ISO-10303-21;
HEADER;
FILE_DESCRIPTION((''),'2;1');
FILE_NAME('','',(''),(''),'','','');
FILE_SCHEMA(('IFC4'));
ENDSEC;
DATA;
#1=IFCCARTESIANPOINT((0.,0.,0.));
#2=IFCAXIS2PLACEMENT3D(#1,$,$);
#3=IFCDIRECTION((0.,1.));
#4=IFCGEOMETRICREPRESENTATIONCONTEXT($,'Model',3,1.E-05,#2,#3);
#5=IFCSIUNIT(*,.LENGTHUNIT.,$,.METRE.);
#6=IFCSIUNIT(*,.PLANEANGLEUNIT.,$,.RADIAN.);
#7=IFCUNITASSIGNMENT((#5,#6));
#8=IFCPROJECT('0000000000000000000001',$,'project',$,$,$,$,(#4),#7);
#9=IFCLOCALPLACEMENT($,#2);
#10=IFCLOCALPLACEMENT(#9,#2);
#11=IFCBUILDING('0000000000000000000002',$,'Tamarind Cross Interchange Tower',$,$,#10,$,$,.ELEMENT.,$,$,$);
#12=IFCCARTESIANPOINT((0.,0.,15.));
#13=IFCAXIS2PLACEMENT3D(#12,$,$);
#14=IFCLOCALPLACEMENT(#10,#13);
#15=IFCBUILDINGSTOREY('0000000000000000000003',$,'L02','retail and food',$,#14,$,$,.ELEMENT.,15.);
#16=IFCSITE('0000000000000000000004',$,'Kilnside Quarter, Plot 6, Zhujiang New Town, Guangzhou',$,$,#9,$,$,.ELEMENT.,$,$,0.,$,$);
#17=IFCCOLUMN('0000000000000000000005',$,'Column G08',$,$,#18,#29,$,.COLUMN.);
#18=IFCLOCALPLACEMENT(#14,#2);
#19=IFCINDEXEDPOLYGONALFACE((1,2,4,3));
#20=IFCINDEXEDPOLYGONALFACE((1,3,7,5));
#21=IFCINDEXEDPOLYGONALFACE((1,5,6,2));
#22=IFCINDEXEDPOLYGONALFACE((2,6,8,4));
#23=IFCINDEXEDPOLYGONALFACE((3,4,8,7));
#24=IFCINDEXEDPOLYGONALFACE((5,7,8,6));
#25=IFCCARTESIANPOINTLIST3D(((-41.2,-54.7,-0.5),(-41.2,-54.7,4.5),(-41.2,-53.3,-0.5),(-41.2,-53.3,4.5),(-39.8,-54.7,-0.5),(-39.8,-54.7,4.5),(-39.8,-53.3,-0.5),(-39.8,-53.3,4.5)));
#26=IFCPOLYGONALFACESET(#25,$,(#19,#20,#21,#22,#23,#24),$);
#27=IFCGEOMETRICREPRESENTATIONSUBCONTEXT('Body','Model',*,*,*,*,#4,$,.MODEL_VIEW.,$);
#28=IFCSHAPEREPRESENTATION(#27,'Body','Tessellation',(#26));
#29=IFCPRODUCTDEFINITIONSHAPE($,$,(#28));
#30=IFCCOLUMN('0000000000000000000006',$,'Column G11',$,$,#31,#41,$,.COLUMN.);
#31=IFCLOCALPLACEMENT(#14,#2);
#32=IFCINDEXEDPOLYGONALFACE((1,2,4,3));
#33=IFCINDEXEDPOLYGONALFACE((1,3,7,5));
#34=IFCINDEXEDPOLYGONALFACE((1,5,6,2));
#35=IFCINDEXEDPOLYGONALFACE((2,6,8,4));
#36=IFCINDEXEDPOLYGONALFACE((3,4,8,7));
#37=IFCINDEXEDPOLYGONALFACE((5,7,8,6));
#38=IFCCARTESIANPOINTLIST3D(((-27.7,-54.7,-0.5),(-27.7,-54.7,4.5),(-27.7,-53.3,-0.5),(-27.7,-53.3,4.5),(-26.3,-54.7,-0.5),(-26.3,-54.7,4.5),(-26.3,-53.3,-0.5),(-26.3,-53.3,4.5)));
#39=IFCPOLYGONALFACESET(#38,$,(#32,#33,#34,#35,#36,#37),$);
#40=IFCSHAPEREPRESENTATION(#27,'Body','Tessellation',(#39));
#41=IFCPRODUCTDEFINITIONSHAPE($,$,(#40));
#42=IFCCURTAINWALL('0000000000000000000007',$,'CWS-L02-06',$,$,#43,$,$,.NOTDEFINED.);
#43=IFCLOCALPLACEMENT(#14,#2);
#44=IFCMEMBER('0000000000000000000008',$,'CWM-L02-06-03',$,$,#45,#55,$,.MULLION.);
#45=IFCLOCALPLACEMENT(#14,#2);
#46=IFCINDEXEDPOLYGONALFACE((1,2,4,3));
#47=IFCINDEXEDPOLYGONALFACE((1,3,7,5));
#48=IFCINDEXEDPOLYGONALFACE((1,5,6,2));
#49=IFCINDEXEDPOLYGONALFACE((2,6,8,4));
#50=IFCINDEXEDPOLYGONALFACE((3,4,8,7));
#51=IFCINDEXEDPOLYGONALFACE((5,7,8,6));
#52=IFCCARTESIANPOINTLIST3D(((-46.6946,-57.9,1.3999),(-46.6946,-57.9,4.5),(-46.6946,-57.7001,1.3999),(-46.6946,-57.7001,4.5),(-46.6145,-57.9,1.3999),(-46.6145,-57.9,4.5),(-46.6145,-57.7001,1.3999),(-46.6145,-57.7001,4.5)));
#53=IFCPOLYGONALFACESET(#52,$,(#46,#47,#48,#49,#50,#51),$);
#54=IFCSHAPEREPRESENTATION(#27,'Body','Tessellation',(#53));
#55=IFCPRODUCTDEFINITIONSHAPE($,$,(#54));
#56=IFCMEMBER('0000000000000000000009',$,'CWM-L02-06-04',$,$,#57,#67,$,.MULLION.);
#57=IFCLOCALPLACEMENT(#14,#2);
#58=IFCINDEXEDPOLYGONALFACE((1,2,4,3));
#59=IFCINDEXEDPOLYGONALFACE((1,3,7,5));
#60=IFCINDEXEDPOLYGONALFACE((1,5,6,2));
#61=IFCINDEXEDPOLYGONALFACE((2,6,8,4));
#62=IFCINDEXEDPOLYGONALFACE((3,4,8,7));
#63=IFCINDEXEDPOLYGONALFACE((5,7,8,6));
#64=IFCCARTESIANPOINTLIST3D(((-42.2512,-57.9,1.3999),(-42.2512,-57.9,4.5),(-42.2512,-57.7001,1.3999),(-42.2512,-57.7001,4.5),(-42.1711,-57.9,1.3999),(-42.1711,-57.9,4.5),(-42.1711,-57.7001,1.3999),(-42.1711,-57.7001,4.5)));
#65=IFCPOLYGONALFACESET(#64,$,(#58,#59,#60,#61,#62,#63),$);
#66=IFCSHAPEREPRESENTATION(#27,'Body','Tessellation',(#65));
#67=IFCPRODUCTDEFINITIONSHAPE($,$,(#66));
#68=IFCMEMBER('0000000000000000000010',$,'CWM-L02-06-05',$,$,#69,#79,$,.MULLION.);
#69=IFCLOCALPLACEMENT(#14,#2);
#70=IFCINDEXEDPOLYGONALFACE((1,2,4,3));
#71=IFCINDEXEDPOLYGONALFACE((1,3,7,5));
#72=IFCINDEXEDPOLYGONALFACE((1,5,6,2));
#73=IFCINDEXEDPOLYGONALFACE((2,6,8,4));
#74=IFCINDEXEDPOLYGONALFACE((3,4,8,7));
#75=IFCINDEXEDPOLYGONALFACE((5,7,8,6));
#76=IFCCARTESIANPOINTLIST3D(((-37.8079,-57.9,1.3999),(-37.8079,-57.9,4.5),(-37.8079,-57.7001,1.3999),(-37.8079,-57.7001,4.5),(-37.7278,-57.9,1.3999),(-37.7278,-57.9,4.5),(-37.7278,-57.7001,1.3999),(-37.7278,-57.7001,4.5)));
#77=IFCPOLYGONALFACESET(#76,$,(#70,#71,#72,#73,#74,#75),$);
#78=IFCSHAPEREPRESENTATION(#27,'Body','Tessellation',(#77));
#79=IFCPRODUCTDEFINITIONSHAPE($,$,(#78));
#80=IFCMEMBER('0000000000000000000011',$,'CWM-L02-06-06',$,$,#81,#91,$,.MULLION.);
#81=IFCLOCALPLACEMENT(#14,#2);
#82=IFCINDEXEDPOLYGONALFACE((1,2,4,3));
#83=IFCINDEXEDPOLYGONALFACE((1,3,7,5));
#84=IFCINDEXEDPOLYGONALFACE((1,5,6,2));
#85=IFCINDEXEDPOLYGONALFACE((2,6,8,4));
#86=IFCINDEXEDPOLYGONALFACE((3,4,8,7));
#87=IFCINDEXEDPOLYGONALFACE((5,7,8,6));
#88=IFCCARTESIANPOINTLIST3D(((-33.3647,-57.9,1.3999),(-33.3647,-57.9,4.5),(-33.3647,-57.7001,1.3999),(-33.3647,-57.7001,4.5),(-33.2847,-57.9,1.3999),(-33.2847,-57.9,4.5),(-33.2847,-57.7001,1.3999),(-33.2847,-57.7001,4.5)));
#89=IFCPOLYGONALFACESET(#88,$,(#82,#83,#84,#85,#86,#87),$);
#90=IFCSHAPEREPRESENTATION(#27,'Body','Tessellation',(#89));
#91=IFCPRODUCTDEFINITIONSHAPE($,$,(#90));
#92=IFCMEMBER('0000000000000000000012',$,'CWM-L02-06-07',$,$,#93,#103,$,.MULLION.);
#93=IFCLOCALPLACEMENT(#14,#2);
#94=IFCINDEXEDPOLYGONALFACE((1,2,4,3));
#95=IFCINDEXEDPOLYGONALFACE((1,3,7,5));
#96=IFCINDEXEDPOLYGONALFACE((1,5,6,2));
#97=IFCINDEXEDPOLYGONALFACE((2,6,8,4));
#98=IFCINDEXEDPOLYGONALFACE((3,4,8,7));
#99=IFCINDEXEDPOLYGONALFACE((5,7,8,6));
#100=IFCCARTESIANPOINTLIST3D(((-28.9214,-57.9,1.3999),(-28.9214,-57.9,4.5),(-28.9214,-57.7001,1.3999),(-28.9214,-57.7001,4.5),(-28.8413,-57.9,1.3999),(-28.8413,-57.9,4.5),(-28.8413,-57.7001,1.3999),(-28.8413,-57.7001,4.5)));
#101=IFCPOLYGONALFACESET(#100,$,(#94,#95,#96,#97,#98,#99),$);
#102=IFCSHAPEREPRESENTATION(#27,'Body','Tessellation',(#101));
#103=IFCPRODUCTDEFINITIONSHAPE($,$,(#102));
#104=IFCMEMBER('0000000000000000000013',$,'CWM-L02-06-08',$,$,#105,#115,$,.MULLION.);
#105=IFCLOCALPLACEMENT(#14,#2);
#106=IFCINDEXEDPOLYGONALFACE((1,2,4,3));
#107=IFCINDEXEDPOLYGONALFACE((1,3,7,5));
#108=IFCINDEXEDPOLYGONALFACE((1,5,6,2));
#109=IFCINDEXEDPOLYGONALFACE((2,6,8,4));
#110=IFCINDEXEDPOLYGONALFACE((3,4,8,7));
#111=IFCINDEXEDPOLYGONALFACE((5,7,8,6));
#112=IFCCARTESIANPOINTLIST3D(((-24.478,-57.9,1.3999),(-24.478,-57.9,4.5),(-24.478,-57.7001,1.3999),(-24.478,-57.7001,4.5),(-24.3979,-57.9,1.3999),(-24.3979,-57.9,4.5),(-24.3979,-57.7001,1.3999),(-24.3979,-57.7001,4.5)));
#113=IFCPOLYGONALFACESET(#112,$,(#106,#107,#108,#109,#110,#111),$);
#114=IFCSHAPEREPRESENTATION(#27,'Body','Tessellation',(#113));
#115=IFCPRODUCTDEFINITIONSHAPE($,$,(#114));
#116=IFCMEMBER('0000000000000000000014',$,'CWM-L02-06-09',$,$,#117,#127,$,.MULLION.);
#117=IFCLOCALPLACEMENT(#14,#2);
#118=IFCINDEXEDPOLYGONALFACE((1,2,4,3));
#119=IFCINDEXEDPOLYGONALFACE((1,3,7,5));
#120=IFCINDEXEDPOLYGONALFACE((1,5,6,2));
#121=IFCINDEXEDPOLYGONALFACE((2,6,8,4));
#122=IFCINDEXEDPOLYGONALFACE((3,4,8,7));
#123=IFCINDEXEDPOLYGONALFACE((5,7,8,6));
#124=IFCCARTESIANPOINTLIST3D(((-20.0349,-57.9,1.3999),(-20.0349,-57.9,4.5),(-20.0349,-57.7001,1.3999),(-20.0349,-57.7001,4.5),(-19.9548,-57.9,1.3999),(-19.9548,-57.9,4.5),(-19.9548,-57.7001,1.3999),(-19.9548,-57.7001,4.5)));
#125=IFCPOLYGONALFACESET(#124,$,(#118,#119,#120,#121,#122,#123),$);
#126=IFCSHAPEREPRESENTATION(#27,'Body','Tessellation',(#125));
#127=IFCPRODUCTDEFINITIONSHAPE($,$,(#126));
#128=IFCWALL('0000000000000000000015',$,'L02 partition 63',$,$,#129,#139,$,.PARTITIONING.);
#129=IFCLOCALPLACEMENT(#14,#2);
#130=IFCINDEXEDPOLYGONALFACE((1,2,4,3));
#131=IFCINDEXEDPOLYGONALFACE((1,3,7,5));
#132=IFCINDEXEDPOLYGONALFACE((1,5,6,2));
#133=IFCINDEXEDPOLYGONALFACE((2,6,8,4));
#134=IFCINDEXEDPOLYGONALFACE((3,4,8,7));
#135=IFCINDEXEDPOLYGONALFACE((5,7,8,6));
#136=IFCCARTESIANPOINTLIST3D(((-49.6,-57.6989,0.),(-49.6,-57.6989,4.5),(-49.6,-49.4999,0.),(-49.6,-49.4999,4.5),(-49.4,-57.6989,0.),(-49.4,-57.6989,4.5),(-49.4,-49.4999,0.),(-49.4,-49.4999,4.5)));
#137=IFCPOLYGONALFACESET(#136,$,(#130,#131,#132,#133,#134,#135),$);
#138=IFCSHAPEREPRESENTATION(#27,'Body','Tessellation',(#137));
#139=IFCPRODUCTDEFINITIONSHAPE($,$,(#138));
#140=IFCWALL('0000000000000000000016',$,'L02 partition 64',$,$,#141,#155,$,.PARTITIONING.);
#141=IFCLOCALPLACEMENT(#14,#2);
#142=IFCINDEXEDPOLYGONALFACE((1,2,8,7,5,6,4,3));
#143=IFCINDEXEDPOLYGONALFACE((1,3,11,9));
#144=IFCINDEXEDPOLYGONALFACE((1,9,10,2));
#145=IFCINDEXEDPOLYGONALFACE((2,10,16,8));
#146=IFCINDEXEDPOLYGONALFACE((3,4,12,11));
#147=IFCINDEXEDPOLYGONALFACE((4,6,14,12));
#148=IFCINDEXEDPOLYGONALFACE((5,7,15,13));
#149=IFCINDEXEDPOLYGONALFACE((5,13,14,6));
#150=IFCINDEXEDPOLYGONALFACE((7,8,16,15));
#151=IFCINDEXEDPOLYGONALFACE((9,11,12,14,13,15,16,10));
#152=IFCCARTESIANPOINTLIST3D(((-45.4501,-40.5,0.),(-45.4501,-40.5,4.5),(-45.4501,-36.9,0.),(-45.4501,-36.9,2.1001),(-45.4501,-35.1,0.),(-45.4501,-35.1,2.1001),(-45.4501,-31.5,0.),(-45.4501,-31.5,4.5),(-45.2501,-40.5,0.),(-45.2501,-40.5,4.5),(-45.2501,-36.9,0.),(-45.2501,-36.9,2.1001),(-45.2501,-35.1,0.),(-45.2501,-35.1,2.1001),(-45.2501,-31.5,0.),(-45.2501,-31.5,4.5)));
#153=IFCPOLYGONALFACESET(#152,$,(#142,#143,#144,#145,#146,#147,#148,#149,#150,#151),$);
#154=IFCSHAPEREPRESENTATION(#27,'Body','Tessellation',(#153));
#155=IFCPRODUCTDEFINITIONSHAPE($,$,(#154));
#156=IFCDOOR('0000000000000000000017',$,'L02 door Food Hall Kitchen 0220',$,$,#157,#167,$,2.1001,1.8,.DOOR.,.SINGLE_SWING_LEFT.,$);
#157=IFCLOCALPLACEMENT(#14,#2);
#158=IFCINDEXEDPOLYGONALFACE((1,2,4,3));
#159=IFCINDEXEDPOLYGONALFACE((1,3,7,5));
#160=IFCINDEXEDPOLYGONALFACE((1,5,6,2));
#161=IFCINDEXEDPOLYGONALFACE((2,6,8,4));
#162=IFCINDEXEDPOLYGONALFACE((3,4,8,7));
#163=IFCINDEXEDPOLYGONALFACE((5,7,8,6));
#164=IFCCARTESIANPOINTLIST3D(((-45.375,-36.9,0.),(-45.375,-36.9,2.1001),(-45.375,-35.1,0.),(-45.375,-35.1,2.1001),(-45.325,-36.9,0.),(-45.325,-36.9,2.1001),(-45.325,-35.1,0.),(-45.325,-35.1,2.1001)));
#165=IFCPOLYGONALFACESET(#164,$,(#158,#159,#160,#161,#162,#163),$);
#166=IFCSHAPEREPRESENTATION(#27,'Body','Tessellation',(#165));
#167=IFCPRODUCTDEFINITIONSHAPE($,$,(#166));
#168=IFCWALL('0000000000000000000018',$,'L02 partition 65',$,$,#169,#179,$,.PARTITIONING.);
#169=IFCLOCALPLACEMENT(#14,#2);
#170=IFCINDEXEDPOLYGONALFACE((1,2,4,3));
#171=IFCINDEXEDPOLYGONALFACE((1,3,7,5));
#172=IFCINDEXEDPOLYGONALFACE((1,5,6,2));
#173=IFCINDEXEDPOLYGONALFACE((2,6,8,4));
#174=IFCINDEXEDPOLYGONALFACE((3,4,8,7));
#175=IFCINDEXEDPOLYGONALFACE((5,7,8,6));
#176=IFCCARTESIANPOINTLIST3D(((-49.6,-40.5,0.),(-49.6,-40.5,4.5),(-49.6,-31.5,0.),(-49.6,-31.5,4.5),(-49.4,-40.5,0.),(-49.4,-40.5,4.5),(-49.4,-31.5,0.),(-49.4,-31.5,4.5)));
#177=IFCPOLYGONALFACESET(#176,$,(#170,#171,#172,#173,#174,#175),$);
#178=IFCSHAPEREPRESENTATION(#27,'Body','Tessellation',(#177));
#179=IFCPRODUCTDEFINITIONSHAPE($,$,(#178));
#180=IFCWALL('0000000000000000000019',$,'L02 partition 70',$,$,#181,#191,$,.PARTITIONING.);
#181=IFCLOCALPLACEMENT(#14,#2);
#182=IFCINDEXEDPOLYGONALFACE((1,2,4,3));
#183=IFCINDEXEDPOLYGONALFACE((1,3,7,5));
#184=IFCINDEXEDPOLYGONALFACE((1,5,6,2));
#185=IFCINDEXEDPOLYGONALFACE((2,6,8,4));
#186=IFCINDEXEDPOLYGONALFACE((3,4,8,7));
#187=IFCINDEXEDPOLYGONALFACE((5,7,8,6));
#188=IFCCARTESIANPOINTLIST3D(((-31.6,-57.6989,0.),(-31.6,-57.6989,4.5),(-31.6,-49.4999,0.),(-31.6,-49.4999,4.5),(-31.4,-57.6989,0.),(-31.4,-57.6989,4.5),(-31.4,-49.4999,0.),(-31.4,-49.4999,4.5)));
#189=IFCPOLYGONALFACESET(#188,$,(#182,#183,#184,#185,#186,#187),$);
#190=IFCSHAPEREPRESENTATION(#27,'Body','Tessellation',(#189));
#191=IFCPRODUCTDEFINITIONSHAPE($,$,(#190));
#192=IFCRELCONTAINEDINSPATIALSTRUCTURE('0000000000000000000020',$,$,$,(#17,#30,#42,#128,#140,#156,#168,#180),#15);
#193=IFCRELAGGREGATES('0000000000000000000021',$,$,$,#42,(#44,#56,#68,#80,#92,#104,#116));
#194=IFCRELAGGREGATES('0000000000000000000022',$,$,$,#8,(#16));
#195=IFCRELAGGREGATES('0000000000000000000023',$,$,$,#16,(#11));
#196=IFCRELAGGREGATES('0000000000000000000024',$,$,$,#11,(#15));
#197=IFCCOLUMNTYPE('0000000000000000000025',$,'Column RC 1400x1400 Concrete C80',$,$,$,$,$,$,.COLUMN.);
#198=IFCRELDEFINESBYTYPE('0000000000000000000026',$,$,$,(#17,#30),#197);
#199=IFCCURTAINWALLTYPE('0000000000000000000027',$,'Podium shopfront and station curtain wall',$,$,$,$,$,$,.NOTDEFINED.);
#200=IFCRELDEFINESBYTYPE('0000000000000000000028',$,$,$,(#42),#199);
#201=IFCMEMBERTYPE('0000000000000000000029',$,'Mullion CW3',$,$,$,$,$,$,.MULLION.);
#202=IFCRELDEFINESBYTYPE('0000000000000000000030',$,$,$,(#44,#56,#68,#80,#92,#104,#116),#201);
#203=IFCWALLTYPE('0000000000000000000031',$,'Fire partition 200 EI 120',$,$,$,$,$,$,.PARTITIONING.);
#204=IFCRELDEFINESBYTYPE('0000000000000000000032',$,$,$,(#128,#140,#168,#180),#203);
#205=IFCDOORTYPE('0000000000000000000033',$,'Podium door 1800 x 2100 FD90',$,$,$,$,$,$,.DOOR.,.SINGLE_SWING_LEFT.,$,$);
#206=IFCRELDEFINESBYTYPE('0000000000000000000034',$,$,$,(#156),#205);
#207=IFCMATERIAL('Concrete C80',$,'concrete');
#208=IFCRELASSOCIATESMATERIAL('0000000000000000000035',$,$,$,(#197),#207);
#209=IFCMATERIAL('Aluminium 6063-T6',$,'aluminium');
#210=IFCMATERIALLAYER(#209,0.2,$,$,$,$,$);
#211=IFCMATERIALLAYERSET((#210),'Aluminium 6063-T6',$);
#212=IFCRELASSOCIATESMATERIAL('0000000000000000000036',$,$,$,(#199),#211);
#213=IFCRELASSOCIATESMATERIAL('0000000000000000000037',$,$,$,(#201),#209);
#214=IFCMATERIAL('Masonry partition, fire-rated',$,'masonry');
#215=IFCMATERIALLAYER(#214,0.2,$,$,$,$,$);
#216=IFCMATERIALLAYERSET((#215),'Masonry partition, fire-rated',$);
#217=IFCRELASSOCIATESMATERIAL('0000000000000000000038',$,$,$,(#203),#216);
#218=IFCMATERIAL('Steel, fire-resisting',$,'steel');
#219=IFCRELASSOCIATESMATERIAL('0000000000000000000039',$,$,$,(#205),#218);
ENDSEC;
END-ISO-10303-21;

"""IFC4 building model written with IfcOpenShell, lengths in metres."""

from ifc_helpers import new_model, si_unit, direction, frame, frame_2d, origin, origin_2d, place, context, subcontext, project, spatial, rectangle, extrude, material, layer, layer_set, material_profile, profile_set, type_object, element, fill, aggregate, save


model = new_model("IFC4")

# Units and contexts
model_context = context("Model", 3, precision=1e-05, world=origin(), true_north=direction((0.0, 1.0)))
body_context = subcontext(model_context, "Body", "Model", "MODEL_VIEW")
ifc_project = project(units=[si_unit("LENGTHUNIT", "METRE"), si_unit("PLANEANGLEUNIT", "RADIAN")], contexts=[model_context])

# Site, building, storey
site_placement = place(None, origin())
site = spatial("IfcSite", under=ifc_project, at=site_placement, Name="Kilnside Quarter, Plot 6, Zhujiang New Town, Guangzhou", CompositionType="ELEMENT", RefElevation=0.0)
building_placement = place(site_placement, origin())
building = spatial("IfcBuilding", under=site, at=building_placement, Name="Tamarind Cross Interchange Tower", CompositionType="ELEMENT")
storey_placement = place(building_placement, frame((0.0, 0.0, 15.0)))
storey = spatial("IfcBuildingStorey", under=building, at=storey_placement, Name="L02", Description="retail and food", CompositionType="ELEMENT", Elevation=15.0)

# Columns
ifc_material_1 = material(Name="Concrete C80", Category="concrete")
ifc_material_profile_1 = material_profile(ifc_material_1, rectangle(XDim=1.3999, YDim=1.3999, at=origin_2d()), Name="RC 1400x1400")
ifc_profile_set_1 = profile_set([ifc_material_profile_1], Name="Concrete C80")
column_type = type_object("IfcColumnType", Name="Column RC 1400x1400 Concrete C80", PredefinedType="COLUMN", material=ifc_profile_set_1)
for number, where, z_axis, x_axis, name in (
    (1, (-40.5, -54.0, -0.5), (0.0, 0.0, 1.0), (1.0, 0.0, 0.0), "Column G08"),
    (2, (-27.0, -54.0, -0.5), (0.0, 0.0, 1.0), (1.0, 0.0, 0.0), "Column G11"),
):
    element("IfcColumn", number, at=place(storey_placement, frame(where, z_axis=z_axis, x_axis=x_axis)), inside=storey, type_object=column_type, Name=name, PredefinedType="COLUMN", context=body_context, shape_type="SweptSolid", body=[
        extrude(rectangle(XDim=1.3999, YDim=1.3999, at=origin_2d()), origin(), (0.0, 0.0, 1.0), 5.0),
    ])

# Curtain wall, members
ifc_material_2 = material(Name="Aluminium 6063-T6", Category="aluminium")
ifc_layer_1 = layer(ifc_material_2, 0.2)
ifc_layer_set_1 = layer_set([ifc_layer_1], Name="Aluminium 6063-T6")
curtain_wall_type = type_object("IfcCurtainWallType", Name="Podium shopfront and station curtain wall", PredefinedType="NOTDEFINED", material=ifc_layer_set_1)
curtain_wall_placement = place(storey_placement, origin())
curtain_wall = element("IfcCurtainWall", 3, at=curtain_wall_placement, inside=storey, type_object=curtain_wall_type, Name="CWS-L02-06", PredefinedType="NOTDEFINED")
ifc_material_profile_2 = material_profile(ifc_material_2, rectangle(XDim=0.0801, YDim=0.2, at=origin_2d()), Name="Mullion CW3")
ifc_profile_set_2 = profile_set([ifc_material_profile_2], Name="Aluminium 6063-T6")
member_type = type_object("IfcMemberType", Name="Mullion CW3", PredefinedType="MULLION", material=ifc_profile_set_2)
member_1_placement = place(storey_placement, frame((-46.6545, -57.8, 1.3999), z_axis=(0.0, 0.0, 1.0), x_axis=(1.0, 0.0, 0.0)))
member_1 = element("IfcMember", 4, at=member_1_placement, type_object=member_type, Name="CWM-L02-06-03", PredefinedType="MULLION", context=body_context, shape_type="SweptSolid", body=[
    extrude(rectangle(XDim=0.0801, YDim=0.2, at=origin_2d()), origin(), (0.0, 0.0, 1.0), 3.1001),
])
member_2_placement = place(storey_placement, frame((-42.2112, -57.8, 1.3999), z_axis=(0.0, 0.0, 1.0), x_axis=(1.0, 0.0, 0.0)))
member_2 = element("IfcMember", 5, at=member_2_placement, type_object=member_type, Name="CWM-L02-06-04", PredefinedType="MULLION", context=body_context, shape_type="SweptSolid", body=[
    extrude(rectangle(XDim=0.0801, YDim=0.2, at=origin_2d()), origin(), (0.0, 0.0, 1.0), 3.1001),
])
member_3_placement = place(storey_placement, frame((-37.7678, -57.8, 1.3999), z_axis=(0.0, 0.0, 1.0), x_axis=(1.0, 0.0, 0.0)))
member_3 = element("IfcMember", 6, at=member_3_placement, type_object=member_type, Name="CWM-L02-06-05", PredefinedType="MULLION", context=body_context, shape_type="SweptSolid", body=[
    extrude(rectangle(XDim=0.0801, YDim=0.2, at=origin_2d()), origin(), (0.0, 0.0, 1.0), 3.1001),
])
member_4_placement = place(storey_placement, frame((-33.3247, -57.8, 1.3999), z_axis=(0.0, 0.0, 1.0), x_axis=(1.0, 0.0, 0.0)))
member_4 = element("IfcMember", 7, at=member_4_placement, type_object=member_type, Name="CWM-L02-06-06", PredefinedType="MULLION", context=body_context, shape_type="SweptSolid", body=[
    extrude(rectangle(XDim=0.0801, YDim=0.2, at=origin_2d()), origin(), (0.0, 0.0, 1.0), 3.1001),
])
member_5_placement = place(storey_placement, frame((-28.8813, -57.8, 1.3999), z_axis=(0.0, 0.0, 1.0), x_axis=(1.0, 0.0, 0.0)))
member_5 = element("IfcMember", 8, at=member_5_placement, type_object=member_type, Name="CWM-L02-06-07", PredefinedType="MULLION", context=body_context, shape_type="SweptSolid", body=[
    extrude(rectangle(XDim=0.0801, YDim=0.2, at=origin_2d()), origin(), (0.0, 0.0, 1.0), 3.1001),
])
member_6_placement = place(storey_placement, frame((-24.438, -57.8, 1.3999), z_axis=(0.0, 0.0, 1.0), x_axis=(1.0, 0.0, 0.0)))
member_6 = element("IfcMember", 9, at=member_6_placement, type_object=member_type, Name="CWM-L02-06-08", PredefinedType="MULLION", context=body_context, shape_type="SweptSolid", body=[
    extrude(rectangle(XDim=0.0801, YDim=0.2, at=origin_2d()), origin(), (0.0, 0.0, 1.0), 3.1001),
])
member_7_placement = place(storey_placement, frame((-19.9949, -57.8, 1.3999), z_axis=(0.0, 0.0, 1.0), x_axis=(1.0, 0.0, 0.0)))
member_7 = element("IfcMember", 10, at=member_7_placement, type_object=member_type, Name="CWM-L02-06-09", PredefinedType="MULLION", context=body_context, shape_type="SweptSolid", body=[
    extrude(rectangle(XDim=0.0801, YDim=0.2, at=origin_2d()), origin(), (0.0, 0.0, 1.0), 3.1001),
])
aggregate(curtain_wall, [member_1, member_2, member_3, member_4, member_5, member_6, member_7])

# Wall
ifc_material_3 = material(Name="Masonry partition, fire-rated", Category="masonry")
ifc_layer_2 = layer(ifc_material_3, 0.2)
ifc_layer_set_2 = layer_set([ifc_layer_2], Name="Masonry partition, fire-rated")
wall_type_1 = type_object("IfcWallType", Name="Fire partition 200 EI 120", PredefinedType="PARTITIONING", material=ifc_layer_set_2)
wall_1_placement = place(storey_placement, frame((-49.5, -57.699, 0.0), z_axis=(0.0, 0.0, 1.0), x_axis=(0.0, 1.0, 0.0)))
element("IfcWall", 11, at=wall_1_placement, inside=storey, type_object=wall_type_1, Name="L02 partition 63", PredefinedType="PARTITIONING", context=body_context, shape_type="SweptSolid", body=[
    extrude(rectangle(XDim=8.199, YDim=0.2, at=frame_2d((4.0996, 0.0))), origin(), (0.0, 0.0, 1.0), 4.5),
])

# Wall, opening, door
wall_2_placement = place(storey_placement, frame((-45.3501, -40.5, 0.0), z_axis=(0.0, 0.0, 1.0), x_axis=(0.0, 1.0, 0.0)))
wall_2 = element("IfcWall", 12, at=wall_2_placement, inside=storey, type_object=wall_type_1, Name="L02 partition 64", PredefinedType="PARTITIONING", context=body_context, shape_type="SweptSolid", body=[
    extrude(rectangle(XDim=9.0, YDim=0.2, at=frame_2d((4.5, 0.0))), origin(), (0.0, 0.0, 1.0), 4.5),
])
opening_1_placement = place(wall_2_placement, frame((3.6001, 0.0, 0.0)))
opening_1 = element("IfcOpeningElement", 13, at=opening_1_placement, cuts=wall_2, PredefinedType="OPENING", context=body_context, shape_type="SweptSolid", body=[
    extrude(rectangle(XDim=1.8, YDim=2.1001, at=frame_2d((0.8999, 1.05))), frame((0.0, 0.1099, 0.0), z_axis=(0.0, -1.0, 0.0), x_axis=(1.0, 0.0, 0.0)), (0.0, 0.0, 1.0), 0.22),
])
ifc_material_4 = material(Name="Steel, fire-resisting", Category="steel")
door_type_1 = type_object("IfcDoorType", Name="Podium door 1800 x 2100 FD90", OperationType="SINGLE_SWING_LEFT", PredefinedType="DOOR", material=ifc_material_4)
door_1_placement = place(opening_1_placement, origin())
door_1 = element("IfcDoor", 14, at=door_1_placement, inside=storey, type_object=door_type_1, Name="L02 door Food Hall Kitchen 0220", OperationType="SINGLE_SWING_LEFT", OverallHeight=2.1001, OverallWidth=1.8, PredefinedType="DOOR", context=body_context, shape_type="SweptSolid", body=[
    extrude(rectangle(XDim=1.8, YDim=2.1001, at=frame_2d((0.8999, 1.05))), frame((0.0, 0.0249, 0.0), z_axis=(0.0, -1.0, 0.0), x_axis=(1.0, 0.0, 0.0)), (0.0, 0.0, 1.0), 0.05),
])
fill(opening_1, door_1)

# Walls
wall_3_placement = place(storey_placement, frame((-49.5, -40.5, 0.0), z_axis=(0.0, 0.0, 1.0), x_axis=(0.0, 1.0, 0.0)))
element("IfcWall", 15, at=wall_3_placement, inside=storey, type_object=wall_type_1, Name="L02 partition 65", PredefinedType="PARTITIONING", context=body_context, shape_type="SweptSolid", body=[
    extrude(rectangle(XDim=9.0, YDim=0.2, at=frame_2d((4.5, 0.0))), origin(), (0.0, 0.0, 1.0), 4.5),
])
wall_4_placement = place(storey_placement, frame((-31.5, -57.699, 0.0), z_axis=(0.0, 0.0, 1.0), x_axis=(0.0, 1.0, 0.0)))
element("IfcWall", 16, at=wall_4_placement, inside=storey, type_object=wall_type_1, Name="L02 partition 70", PredefinedType="PARTITIONING", context=body_context, shape_type="SweptSolid", body=[
    extrude(rectangle(XDim=8.199, YDim=0.2, at=frame_2d((4.0996, 0.0))), origin(), (0.0, 0.0, 1.0), 4.5),
])

save(model, "model.ifc")
